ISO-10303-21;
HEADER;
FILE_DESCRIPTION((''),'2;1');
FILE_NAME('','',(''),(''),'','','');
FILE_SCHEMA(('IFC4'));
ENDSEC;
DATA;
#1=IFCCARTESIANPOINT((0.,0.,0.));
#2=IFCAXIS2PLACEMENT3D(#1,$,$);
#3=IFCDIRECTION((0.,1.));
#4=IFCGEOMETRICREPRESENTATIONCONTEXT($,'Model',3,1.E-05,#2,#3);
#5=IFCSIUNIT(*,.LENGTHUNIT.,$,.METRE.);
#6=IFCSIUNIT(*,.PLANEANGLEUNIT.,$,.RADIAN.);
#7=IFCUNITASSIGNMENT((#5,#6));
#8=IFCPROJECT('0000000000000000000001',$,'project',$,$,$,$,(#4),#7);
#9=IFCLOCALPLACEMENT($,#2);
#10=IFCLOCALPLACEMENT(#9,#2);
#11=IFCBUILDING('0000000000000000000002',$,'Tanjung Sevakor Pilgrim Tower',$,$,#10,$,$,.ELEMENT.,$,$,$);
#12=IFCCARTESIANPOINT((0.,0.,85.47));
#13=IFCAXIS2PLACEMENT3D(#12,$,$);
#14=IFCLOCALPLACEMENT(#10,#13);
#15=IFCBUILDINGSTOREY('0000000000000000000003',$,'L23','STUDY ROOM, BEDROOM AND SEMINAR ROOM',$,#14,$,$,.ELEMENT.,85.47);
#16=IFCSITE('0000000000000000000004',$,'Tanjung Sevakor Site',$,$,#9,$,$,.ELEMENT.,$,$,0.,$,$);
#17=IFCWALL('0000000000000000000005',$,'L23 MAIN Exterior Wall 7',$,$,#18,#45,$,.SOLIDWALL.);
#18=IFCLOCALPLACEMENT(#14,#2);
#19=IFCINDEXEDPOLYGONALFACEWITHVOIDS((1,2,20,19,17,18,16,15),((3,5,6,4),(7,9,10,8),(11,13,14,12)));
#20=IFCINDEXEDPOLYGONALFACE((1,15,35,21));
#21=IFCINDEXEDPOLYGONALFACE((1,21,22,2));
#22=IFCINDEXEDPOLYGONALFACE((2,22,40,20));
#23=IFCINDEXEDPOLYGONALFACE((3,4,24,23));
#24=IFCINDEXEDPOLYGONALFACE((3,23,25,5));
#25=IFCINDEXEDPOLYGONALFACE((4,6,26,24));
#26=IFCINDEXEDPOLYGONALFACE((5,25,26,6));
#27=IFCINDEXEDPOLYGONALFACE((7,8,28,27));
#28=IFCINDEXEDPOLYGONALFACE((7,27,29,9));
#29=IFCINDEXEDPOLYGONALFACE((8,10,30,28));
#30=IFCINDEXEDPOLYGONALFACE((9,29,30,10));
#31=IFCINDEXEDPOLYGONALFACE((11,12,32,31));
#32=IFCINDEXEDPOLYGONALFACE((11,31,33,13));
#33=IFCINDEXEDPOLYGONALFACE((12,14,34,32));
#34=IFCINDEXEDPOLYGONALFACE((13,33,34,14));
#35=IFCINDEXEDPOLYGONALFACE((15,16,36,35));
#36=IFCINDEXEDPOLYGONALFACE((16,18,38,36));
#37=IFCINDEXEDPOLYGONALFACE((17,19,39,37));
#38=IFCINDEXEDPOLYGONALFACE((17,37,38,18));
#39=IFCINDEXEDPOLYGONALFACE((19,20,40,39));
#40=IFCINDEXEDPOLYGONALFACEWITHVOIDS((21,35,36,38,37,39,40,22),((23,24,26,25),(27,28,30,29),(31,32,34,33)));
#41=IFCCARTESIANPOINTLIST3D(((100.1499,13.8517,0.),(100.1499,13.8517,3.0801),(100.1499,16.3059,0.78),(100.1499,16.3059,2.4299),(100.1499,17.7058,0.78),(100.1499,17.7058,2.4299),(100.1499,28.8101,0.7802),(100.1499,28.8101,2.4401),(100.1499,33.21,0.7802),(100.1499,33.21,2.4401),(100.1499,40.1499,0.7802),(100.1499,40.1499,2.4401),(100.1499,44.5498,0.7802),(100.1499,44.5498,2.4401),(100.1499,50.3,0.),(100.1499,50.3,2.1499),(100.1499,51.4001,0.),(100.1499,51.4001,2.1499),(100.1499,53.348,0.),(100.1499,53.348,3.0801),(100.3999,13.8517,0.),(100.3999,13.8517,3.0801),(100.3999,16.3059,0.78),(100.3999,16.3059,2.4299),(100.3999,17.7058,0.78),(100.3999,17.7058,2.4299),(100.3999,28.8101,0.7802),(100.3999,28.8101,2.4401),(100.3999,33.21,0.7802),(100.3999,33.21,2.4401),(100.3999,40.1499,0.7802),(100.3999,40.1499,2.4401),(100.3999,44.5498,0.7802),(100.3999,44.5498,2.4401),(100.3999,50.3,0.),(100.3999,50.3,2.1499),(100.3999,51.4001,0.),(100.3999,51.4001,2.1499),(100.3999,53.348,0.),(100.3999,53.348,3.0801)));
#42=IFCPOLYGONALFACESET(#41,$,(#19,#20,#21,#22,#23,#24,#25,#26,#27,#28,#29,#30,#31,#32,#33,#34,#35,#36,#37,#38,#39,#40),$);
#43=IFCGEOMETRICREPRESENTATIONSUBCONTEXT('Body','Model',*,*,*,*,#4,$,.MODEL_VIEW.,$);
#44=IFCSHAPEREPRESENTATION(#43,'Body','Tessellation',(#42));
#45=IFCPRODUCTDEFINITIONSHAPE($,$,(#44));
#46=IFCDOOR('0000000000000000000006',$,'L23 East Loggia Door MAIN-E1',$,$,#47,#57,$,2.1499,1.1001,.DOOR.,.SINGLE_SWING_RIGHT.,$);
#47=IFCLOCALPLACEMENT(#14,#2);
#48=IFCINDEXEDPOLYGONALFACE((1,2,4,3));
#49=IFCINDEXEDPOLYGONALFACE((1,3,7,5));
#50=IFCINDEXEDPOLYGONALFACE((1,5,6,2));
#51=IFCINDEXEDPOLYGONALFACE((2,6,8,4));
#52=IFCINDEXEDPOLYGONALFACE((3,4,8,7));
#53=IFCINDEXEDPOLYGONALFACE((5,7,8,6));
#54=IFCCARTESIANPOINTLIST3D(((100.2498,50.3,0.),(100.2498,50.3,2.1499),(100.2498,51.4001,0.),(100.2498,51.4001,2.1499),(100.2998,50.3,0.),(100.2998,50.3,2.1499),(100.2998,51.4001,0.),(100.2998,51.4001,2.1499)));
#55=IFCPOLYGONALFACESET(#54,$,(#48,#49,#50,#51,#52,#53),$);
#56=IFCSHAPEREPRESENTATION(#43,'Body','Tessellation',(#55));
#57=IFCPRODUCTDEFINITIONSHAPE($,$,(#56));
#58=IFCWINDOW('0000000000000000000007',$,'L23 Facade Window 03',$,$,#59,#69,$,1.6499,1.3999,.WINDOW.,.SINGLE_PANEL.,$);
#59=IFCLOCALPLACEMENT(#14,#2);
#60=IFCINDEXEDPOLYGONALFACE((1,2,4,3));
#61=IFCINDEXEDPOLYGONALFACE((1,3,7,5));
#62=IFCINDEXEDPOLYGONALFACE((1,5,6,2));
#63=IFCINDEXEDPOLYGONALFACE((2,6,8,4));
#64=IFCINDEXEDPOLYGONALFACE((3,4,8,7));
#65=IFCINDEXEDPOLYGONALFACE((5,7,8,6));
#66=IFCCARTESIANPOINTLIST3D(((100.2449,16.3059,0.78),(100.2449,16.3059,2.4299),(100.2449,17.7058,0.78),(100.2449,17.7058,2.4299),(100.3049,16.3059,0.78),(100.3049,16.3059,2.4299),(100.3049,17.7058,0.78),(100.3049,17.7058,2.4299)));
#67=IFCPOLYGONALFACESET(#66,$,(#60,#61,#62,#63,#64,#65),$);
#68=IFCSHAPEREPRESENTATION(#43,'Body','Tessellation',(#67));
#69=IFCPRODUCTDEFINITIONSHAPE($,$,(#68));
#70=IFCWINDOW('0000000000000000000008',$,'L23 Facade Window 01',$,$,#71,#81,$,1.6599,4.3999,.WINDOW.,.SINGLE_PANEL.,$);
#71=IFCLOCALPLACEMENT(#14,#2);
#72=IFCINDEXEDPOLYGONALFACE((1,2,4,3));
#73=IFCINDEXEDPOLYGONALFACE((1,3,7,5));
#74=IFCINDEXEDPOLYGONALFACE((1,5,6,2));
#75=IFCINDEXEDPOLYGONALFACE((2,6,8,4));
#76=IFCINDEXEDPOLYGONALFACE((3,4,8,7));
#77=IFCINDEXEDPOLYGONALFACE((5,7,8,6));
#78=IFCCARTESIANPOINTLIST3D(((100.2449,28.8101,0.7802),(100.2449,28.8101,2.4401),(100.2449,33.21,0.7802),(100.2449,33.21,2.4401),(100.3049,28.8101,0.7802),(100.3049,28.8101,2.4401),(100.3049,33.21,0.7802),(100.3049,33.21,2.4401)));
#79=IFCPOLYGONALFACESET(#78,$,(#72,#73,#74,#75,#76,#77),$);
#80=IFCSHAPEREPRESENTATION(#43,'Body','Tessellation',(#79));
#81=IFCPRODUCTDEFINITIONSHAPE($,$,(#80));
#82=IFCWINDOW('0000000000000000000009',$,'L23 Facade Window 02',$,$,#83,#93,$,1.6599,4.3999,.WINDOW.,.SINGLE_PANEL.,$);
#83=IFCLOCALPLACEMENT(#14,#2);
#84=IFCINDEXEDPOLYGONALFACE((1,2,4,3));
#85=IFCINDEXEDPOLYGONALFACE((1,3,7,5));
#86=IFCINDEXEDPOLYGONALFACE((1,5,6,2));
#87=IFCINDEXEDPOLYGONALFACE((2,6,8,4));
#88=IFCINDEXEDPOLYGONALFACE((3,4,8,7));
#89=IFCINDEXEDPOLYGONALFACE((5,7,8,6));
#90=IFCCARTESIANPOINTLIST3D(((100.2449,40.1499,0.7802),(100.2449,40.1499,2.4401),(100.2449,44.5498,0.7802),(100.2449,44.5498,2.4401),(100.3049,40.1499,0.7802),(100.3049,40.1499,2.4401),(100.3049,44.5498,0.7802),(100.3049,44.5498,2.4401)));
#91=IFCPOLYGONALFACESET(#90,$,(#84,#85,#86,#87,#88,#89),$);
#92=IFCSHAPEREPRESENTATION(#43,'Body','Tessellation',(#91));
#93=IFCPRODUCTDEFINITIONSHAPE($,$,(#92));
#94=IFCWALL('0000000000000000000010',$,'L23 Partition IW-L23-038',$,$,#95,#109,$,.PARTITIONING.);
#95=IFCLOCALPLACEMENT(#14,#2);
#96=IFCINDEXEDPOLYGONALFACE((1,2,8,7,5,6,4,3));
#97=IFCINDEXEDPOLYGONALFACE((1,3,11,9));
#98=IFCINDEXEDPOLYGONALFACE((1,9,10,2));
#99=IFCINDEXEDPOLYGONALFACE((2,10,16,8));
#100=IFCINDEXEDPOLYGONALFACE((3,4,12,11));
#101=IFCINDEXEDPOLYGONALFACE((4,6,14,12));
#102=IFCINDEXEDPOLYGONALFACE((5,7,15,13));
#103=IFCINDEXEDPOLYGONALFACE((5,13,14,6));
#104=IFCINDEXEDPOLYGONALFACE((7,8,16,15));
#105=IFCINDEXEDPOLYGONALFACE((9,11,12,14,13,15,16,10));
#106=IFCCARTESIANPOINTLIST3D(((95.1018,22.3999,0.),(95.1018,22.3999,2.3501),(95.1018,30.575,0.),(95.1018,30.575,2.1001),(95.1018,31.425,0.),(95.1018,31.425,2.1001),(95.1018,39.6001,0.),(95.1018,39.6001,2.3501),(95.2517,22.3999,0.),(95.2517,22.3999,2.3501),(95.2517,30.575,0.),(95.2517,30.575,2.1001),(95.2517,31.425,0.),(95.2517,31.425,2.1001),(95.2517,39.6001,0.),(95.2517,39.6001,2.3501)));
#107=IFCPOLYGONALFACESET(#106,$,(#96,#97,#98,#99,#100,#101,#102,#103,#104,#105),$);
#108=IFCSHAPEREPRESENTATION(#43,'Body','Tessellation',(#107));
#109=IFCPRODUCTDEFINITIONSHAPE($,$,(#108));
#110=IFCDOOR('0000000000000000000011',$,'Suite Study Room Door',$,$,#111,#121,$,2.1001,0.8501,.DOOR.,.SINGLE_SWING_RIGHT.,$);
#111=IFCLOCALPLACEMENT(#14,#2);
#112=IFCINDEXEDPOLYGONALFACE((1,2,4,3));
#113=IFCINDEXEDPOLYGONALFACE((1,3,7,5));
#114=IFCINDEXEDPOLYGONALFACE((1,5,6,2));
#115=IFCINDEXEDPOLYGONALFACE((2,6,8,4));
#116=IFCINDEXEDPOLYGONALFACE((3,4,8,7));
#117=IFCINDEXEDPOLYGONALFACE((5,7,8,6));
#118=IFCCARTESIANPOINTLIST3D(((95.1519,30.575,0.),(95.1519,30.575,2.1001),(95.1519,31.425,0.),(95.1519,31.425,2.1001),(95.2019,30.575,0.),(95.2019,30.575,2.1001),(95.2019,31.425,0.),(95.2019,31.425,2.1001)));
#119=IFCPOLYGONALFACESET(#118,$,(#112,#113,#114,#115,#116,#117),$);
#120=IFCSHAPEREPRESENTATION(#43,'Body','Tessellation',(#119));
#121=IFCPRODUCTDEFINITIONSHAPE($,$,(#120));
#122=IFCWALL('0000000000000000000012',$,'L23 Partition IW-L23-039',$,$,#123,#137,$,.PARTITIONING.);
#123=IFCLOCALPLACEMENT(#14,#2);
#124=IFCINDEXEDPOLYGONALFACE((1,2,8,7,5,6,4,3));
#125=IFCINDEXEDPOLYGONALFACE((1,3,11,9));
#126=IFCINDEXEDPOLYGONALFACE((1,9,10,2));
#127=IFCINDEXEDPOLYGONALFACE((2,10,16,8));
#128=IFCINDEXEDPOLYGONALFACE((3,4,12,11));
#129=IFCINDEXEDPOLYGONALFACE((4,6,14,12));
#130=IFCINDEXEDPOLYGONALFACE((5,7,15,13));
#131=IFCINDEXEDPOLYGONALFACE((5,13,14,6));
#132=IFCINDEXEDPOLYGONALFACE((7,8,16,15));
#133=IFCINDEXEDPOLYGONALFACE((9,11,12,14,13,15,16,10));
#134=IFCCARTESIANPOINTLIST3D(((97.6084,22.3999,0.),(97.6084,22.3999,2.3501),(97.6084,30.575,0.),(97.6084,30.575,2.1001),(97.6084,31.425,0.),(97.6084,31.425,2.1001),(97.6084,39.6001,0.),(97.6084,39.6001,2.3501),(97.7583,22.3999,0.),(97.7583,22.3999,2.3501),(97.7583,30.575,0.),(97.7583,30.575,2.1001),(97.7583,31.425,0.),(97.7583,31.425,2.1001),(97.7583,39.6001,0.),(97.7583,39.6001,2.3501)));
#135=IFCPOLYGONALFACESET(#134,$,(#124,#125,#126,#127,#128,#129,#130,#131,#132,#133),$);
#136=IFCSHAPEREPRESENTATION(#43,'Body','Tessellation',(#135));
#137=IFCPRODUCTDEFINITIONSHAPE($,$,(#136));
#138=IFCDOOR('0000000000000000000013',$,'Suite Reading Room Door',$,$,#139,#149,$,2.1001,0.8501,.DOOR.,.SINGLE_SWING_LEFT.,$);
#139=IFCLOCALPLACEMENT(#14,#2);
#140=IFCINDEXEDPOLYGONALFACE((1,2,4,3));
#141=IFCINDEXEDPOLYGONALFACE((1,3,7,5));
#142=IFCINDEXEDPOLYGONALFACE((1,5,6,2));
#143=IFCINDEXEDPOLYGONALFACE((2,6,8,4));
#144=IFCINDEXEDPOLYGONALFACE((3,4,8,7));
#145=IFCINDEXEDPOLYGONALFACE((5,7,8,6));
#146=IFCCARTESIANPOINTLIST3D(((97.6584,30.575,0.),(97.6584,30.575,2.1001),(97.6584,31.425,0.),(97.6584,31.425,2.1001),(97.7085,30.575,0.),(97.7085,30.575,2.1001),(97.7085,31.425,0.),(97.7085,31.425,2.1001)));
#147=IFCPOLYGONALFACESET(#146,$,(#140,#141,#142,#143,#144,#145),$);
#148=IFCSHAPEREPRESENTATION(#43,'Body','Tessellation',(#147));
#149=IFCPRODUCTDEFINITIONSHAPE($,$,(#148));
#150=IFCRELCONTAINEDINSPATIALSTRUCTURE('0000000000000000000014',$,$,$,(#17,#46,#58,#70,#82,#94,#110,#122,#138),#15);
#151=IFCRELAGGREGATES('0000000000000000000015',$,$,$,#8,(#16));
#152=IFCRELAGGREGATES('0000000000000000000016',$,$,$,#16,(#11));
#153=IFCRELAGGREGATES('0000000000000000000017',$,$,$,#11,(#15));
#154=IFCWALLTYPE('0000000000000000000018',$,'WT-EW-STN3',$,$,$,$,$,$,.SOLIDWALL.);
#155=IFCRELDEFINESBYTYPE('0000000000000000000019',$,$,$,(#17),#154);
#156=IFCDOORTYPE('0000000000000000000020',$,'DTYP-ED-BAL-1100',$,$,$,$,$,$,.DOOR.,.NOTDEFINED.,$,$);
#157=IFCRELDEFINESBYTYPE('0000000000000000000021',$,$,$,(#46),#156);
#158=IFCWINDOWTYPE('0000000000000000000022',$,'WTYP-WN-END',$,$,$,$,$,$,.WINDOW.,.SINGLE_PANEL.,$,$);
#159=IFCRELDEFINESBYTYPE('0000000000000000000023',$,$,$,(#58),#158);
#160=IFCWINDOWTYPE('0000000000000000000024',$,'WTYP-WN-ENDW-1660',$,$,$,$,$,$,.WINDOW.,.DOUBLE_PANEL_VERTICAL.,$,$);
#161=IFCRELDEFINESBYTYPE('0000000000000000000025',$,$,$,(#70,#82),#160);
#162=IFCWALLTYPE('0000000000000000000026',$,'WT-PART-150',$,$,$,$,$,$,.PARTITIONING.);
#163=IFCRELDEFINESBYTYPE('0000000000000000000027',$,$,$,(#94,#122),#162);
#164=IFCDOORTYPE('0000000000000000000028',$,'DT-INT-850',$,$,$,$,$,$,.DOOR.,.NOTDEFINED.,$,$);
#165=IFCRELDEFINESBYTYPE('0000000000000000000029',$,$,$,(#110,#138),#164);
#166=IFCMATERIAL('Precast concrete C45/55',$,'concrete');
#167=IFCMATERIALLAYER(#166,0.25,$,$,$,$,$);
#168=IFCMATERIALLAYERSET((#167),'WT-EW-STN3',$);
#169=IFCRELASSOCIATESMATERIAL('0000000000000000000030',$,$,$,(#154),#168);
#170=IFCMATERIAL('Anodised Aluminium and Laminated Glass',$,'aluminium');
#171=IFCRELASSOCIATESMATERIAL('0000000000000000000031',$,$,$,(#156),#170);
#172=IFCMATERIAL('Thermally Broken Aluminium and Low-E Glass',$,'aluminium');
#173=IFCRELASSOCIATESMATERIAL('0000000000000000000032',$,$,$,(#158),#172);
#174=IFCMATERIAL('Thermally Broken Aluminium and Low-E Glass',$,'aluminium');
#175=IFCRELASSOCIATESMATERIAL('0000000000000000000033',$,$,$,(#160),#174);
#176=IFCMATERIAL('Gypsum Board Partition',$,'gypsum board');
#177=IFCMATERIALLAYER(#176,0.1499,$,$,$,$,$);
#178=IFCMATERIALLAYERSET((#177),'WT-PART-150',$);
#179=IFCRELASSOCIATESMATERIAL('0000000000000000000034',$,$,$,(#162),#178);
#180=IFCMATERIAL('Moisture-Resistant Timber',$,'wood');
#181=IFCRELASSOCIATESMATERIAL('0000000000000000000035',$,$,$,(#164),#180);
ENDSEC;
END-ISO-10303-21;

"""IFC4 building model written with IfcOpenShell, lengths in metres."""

from ifc_helpers import new_model, si_unit, direction, frame, frame_2d, origin, place, context, subcontext, project, spatial, rectangle, extrude, material, layer, layer_set, type_object, element, fill, save


model = new_model("IFC4")

# Units and contexts
model_context = context("Model", 3, precision=1e-05, world=origin(), true_north=direction((0.0, 1.0)))
body_context = subcontext(model_context, "Body", "Model", "MODEL_VIEW")
ifc_project = project(units=[si_unit("LENGTHUNIT", "METRE"), si_unit("PLANEANGLEUNIT", "RADIAN")], contexts=[model_context])

# Site, building, storey
site_placement = place(None, origin())
site = spatial("IfcSite", under=ifc_project, at=site_placement, Name="Tanjung Sevakor Site", CompositionType="ELEMENT", RefElevation=0.0)
building_placement = place(site_placement, origin())
building = spatial("IfcBuilding", under=site, at=building_placement, Name="Tanjung Sevakor Pilgrim Tower", CompositionType="ELEMENT")
storey_placement = place(building_placement, frame((0.0, 0.0, 85.47)))
storey = spatial("IfcBuildingStorey", under=building, at=storey_placement, Name="L23", Description="STUDY ROOM, BEDROOM AND SEMINAR ROOM", CompositionType="ELEMENT", Elevation=85.47)

# Shared definitions
ifc_material_1 = material(Name="Precast concrete C45/55", Category="concrete")
ifc_layer_1 = layer(ifc_material_1, 0.25)
ifc_layer_set_1 = layer_set([ifc_layer_1], Name="WT-EW-STN3")
wall_type_1 = type_object("IfcWallType", Name="WT-EW-STN3", PredefinedType="SOLIDWALL", material=ifc_layer_set_1)

# Wall, openings, door, windows
wall_1_placement = place(storey_placement, frame((100.2749, 13.8518, 0.0), z_axis=(0.0, 0.0, 1.0), x_axis=(0.0, 1.0, 0.0)))
wall_1 = element("IfcWall", 1, at=wall_1_placement, inside=storey, type_object=wall_type_1, Name="L23 MAIN Exterior Wall 7", PredefinedType="SOLIDWALL", context=body_context, shape_type="SweptSolid", body=[
    extrude(rectangle(XDim=39.4963, YDim=0.25, at=frame_2d((19.748, 0.0))), origin(), (0.0, 0.0, 1.0), 3.0801),
])
opening_1_placement = place(wall_1_placement, frame((36.4482, 0.0, 0.0)))
opening_1 = element("IfcOpeningElement", 2, at=opening_1_placement, cuts=wall_1, PredefinedType="OPENING", context=body_context, shape_type="SweptSolid", body=[
    extrude(rectangle(XDim=1.1001, YDim=2.1499, at=frame_2d((0.55, 1.075))), frame((0.0, 0.135, 0.0), z_axis=(0.0, -1.0, 0.0), x_axis=(1.0, 0.0, 0.0)), (0.0, 0.0, 1.0), 0.27),
])
opening_2_placement = place(wall_1_placement, frame((14.9583, 0.0, 0.78)))
opening_2 = element("IfcOpeningElement", 3, at=opening_2_placement, cuts=wall_1, PredefinedType="OPENING", context=body_context, shape_type="SweptSolid", body=[
    extrude(rectangle(XDim=4.3999, YDim=1.6599, at=frame_2d((2.2, 0.8301))), frame((0.0, 0.135, 0.0), z_axis=(0.0, -1.0, 0.0), x_axis=(1.0, 0.0, 0.0)), (0.0, 0.0, 1.0), 0.27),
])
opening_3_placement = place(wall_1_placement, frame((26.2981, 0.0, 0.78)))
opening_3 = element("IfcOpeningElement", 4, at=opening_3_placement, cuts=wall_1, PredefinedType="OPENING", context=body_context, shape_type="SweptSolid", body=[
    extrude(rectangle(XDim=4.3999, YDim=1.6599, at=frame_2d((2.2, 0.8301))), frame((0.0, 0.135, 0.0), z_axis=(0.0, -1.0, 0.0), x_axis=(1.0, 0.0, 0.0)), (0.0, 0.0, 1.0), 0.27),
])
opening_4_placement = place(wall_1_placement, frame((2.4541, 0.0, 0.78)))
opening_4 = element("IfcOpeningElement", 5, at=opening_4_placement, cuts=wall_1, PredefinedType="OPENING", context=body_context, shape_type="SweptSolid", body=[
    extrude(rectangle(XDim=1.3999, YDim=1.6499, at=frame_2d((0.7, 0.825))), frame((0.0, 0.135, 0.0), z_axis=(0.0, -1.0, 0.0), x_axis=(1.0, 0.0, 0.0)), (0.0, 0.0, 1.0), 0.27),
])
ifc_material_2 = material(Name="Anodised Aluminium and Laminated Glass", Category="aluminium")
door_type_1 = type_object("IfcDoorType", Name="DTYP-ED-BAL-1100", OperationType="NOTDEFINED", PredefinedType="DOOR", material=ifc_material_2)
door_1_placement = place(opening_1_placement, frame((1.1001, 0.0, 0.0), z_axis=(0.0, 0.0, 1.0), x_axis=(-1.0, 0.0, 0.0)))
door_1 = element("IfcDoor", 6, at=door_1_placement, inside=storey, type_object=door_type_1, Name="L23 East Loggia Door MAIN-E1", OperationType="SINGLE_SWING_RIGHT", OverallHeight=2.1499, OverallWidth=1.1001, PredefinedType="DOOR", context=body_context, shape_type="SweptSolid", body=[
    extrude(rectangle(XDim=1.1001, YDim=2.1499, at=frame_2d((0.55, 1.075))), frame((0.0, 0.0249, 0.0), z_axis=(0.0, -1.0, 0.0), x_axis=(1.0, 0.0, 0.0)), (0.0, 0.0, 1.0), 0.05),
])
fill(opening_1, door_1)
ifc_material_3 = material(Name="Thermally Broken Aluminium and Low-E Glass", Category="aluminium")
window_type_1 = type_object("IfcWindowType", Name="WTYP-WN-END", PartitioningType="SINGLE_PANEL", PredefinedType="WINDOW", material=ifc_material_3)
window_1_placement = place(opening_4_placement, origin())
window_1 = element("IfcWindow", 7, at=window_1_placement, inside=storey, type_object=window_type_1, Name="L23 Facade Window 03", OverallHeight=1.6499, OverallWidth=1.3999, PartitioningType="SINGLE_PANEL", PredefinedType="WINDOW", context=body_context, shape_type="SweptSolid", body=[
    extrude(rectangle(XDim=1.3999, YDim=1.6499, at=frame_2d((0.7, 0.825))), frame((0.0, 0.03, 0.0), z_axis=(0.0, -1.0, 0.0), x_axis=(1.0, 0.0, 0.0)), (0.0, 0.0, 1.0), 0.0601),
])
fill(opening_4, window_1)
ifc_material_4 = material(Name="Thermally Broken Aluminium and Low-E Glass", Category="aluminium")
window_type_2 = type_object("IfcWindowType", Name="WTYP-WN-ENDW-1660", PartitioningType="DOUBLE_PANEL_VERTICAL", PredefinedType="WINDOW", material=ifc_material_4)
window_2_placement = place(opening_2_placement, origin())
window_2 = element("IfcWindow", 8, at=window_2_placement, inside=storey, type_object=window_type_2, Name="L23 Facade Window 01", OverallHeight=1.6599, OverallWidth=4.3999, PartitioningType="SINGLE_PANEL", PredefinedType="WINDOW", context=body_context, shape_type="SweptSolid", body=[
    extrude(rectangle(XDim=4.3999, YDim=1.6599, at=frame_2d((2.2, 0.8301))), frame((0.0, 0.03, 0.0), z_axis=(0.0, -1.0, 0.0), x_axis=(1.0, 0.0, 0.0)), (0.0, 0.0, 1.0), 0.0601),
])
fill(opening_2, window_2)
window_3_placement = place(opening_3_placement, origin())
window_3 = element("IfcWindow", 9, at=window_3_placement, inside=storey, type_object=window_type_2, Name="L23 Facade Window 02", OverallHeight=1.6599, OverallWidth=4.3999, PartitioningType="SINGLE_PANEL", PredefinedType="WINDOW", context=body_context, shape_type="SweptSolid", body=[
    extrude(rectangle(XDim=4.3999, YDim=1.6599, at=frame_2d((2.2, 0.8301))), frame((0.0, 0.03, 0.0), z_axis=(0.0, -1.0, 0.0), x_axis=(1.0, 0.0, 0.0)), (0.0, 0.0, 1.0), 0.0601),
])
fill(opening_3, window_3)

# Walls, openings, doors
ifc_material_5 = material(Name="Gypsum Board Partition", Category="gypsum board")
ifc_layer_2 = layer(ifc_material_5, 0.1499)
ifc_layer_set_2 = layer_set([ifc_layer_2], Name="WT-PART-150")
wall_type_2 = type_object("IfcWallType", Name="WT-PART-150", PredefinedType="PARTITIONING", material=ifc_layer_set_2)
wall_2_placement = place(storey_placement, frame((95.1768, 22.3999, 0.0), z_axis=(0.0, 0.0, 1.0), x_axis=(0.0, 1.0, 0.0)))
wall_2 = element("IfcWall", 10, at=wall_2_placement, inside=storey, type_object=wall_type_2, Name="L23 Partition IW-L23-038", PredefinedType="PARTITIONING", context=body_context, shape_type="SweptSolid", body=[
    extrude(rectangle(XDim=17.2002, YDim=0.1499, at=frame_2d((8.6001, 0.0))), origin(), (0.0, 0.0, 1.0), 2.3501),
])
opening_5_placement = place(wall_2_placement, frame((8.175, 0.0, 0.0)))
opening_5 = element("IfcOpeningElement", 11, at=opening_5_placement, cuts=wall_2, PredefinedType="OPENING", context=body_context, shape_type="SweptSolid", body=[
    extrude(rectangle(XDim=0.8501, YDim=2.1001, at=frame_2d((0.425, 1.05))), frame((0.0, 0.085, 0.0), z_axis=(0.0, -1.0, 0.0), x_axis=(1.0, 0.0, 0.0)), (0.0, 0.0, 1.0), 0.1699),
])
ifc_material_6 = material(Name="Moisture-Resistant Timber", Category="wood")
door_type_2 = type_object("IfcDoorType", Name="DT-INT-850", OperationType="NOTDEFINED", PredefinedType="DOOR", material=ifc_material_6)
door_2_placement = place(opening_5_placement, origin())
door_2 = element("IfcDoor", 12, at=door_2_placement, inside=storey, type_object=door_type_2, Name="Suite Study Room Door", OperationType="SINGLE_SWING_RIGHT", OverallHeight=2.1001, OverallWidth=0.8501, PredefinedType="DOOR", context=body_context, shape_type="SweptSolid", body=[
    extrude(rectangle(XDim=0.8501, YDim=2.1001, at=frame_2d((0.425, 1.05))), frame((0.0, 0.0249, 0.0), z_axis=(0.0, -1.0, 0.0), x_axis=(1.0, 0.0, 0.0)), (0.0, 0.0, 1.0), 0.05),
])
fill(opening_5, door_2)
wall_3_placement = place(storey_placement, frame((97.6833, 22.3999, 0.0), z_axis=(0.0, 0.0, 1.0), x_axis=(0.0, 1.0, 0.0)))
wall_3 = element("IfcWall", 13, at=wall_3_placement, inside=storey, type_object=wall_type_2, Name="L23 Partition IW-L23-039", PredefinedType="PARTITIONING", context=body_context, shape_type="SweptSolid", body=[
    extrude(rectangle(XDim=17.2002, YDim=0.1499, at=frame_2d((8.6001, 0.0))), origin(), (0.0, 0.0, 1.0), 2.3501),
])
opening_6_placement = place(wall_3_placement, frame((8.175, 0.0, 0.0)))
opening_6 = element("IfcOpeningElement", 14, at=opening_6_placement, cuts=wall_3, PredefinedType="OPENING", context=body_context, shape_type="SweptSolid", body=[
    extrude(rectangle(XDim=0.8501, YDim=2.1001, at=frame_2d((0.425, 1.05))), frame((0.0, 0.085, 0.0), z_axis=(0.0, -1.0, 0.0), x_axis=(1.0, 0.0, 0.0)), (0.0, 0.0, 1.0), 0.1699),
])
door_3_placement = place(opening_6_placement, origin())
door_3 = element("IfcDoor", 15, at=door_3_placement, inside=storey, type_object=door_type_2, Name="Suite Reading Room Door", OperationType="SINGLE_SWING_LEFT", OverallHeight=2.1001, OverallWidth=0.8501, PredefinedType="DOOR", context=body_context, shape_type="SweptSolid", body=[
    extrude(rectangle(XDim=0.8501, YDim=2.1001, at=frame_2d((0.425, 1.05))), frame((0.0, 0.0249, 0.0), z_axis=(0.0, -1.0, 0.0), x_axis=(1.0, 0.0, 0.0)), (0.0, 0.0, 1.0), 0.05),
])
fill(opening_6, door_3)

save(model, "model.ifc")
